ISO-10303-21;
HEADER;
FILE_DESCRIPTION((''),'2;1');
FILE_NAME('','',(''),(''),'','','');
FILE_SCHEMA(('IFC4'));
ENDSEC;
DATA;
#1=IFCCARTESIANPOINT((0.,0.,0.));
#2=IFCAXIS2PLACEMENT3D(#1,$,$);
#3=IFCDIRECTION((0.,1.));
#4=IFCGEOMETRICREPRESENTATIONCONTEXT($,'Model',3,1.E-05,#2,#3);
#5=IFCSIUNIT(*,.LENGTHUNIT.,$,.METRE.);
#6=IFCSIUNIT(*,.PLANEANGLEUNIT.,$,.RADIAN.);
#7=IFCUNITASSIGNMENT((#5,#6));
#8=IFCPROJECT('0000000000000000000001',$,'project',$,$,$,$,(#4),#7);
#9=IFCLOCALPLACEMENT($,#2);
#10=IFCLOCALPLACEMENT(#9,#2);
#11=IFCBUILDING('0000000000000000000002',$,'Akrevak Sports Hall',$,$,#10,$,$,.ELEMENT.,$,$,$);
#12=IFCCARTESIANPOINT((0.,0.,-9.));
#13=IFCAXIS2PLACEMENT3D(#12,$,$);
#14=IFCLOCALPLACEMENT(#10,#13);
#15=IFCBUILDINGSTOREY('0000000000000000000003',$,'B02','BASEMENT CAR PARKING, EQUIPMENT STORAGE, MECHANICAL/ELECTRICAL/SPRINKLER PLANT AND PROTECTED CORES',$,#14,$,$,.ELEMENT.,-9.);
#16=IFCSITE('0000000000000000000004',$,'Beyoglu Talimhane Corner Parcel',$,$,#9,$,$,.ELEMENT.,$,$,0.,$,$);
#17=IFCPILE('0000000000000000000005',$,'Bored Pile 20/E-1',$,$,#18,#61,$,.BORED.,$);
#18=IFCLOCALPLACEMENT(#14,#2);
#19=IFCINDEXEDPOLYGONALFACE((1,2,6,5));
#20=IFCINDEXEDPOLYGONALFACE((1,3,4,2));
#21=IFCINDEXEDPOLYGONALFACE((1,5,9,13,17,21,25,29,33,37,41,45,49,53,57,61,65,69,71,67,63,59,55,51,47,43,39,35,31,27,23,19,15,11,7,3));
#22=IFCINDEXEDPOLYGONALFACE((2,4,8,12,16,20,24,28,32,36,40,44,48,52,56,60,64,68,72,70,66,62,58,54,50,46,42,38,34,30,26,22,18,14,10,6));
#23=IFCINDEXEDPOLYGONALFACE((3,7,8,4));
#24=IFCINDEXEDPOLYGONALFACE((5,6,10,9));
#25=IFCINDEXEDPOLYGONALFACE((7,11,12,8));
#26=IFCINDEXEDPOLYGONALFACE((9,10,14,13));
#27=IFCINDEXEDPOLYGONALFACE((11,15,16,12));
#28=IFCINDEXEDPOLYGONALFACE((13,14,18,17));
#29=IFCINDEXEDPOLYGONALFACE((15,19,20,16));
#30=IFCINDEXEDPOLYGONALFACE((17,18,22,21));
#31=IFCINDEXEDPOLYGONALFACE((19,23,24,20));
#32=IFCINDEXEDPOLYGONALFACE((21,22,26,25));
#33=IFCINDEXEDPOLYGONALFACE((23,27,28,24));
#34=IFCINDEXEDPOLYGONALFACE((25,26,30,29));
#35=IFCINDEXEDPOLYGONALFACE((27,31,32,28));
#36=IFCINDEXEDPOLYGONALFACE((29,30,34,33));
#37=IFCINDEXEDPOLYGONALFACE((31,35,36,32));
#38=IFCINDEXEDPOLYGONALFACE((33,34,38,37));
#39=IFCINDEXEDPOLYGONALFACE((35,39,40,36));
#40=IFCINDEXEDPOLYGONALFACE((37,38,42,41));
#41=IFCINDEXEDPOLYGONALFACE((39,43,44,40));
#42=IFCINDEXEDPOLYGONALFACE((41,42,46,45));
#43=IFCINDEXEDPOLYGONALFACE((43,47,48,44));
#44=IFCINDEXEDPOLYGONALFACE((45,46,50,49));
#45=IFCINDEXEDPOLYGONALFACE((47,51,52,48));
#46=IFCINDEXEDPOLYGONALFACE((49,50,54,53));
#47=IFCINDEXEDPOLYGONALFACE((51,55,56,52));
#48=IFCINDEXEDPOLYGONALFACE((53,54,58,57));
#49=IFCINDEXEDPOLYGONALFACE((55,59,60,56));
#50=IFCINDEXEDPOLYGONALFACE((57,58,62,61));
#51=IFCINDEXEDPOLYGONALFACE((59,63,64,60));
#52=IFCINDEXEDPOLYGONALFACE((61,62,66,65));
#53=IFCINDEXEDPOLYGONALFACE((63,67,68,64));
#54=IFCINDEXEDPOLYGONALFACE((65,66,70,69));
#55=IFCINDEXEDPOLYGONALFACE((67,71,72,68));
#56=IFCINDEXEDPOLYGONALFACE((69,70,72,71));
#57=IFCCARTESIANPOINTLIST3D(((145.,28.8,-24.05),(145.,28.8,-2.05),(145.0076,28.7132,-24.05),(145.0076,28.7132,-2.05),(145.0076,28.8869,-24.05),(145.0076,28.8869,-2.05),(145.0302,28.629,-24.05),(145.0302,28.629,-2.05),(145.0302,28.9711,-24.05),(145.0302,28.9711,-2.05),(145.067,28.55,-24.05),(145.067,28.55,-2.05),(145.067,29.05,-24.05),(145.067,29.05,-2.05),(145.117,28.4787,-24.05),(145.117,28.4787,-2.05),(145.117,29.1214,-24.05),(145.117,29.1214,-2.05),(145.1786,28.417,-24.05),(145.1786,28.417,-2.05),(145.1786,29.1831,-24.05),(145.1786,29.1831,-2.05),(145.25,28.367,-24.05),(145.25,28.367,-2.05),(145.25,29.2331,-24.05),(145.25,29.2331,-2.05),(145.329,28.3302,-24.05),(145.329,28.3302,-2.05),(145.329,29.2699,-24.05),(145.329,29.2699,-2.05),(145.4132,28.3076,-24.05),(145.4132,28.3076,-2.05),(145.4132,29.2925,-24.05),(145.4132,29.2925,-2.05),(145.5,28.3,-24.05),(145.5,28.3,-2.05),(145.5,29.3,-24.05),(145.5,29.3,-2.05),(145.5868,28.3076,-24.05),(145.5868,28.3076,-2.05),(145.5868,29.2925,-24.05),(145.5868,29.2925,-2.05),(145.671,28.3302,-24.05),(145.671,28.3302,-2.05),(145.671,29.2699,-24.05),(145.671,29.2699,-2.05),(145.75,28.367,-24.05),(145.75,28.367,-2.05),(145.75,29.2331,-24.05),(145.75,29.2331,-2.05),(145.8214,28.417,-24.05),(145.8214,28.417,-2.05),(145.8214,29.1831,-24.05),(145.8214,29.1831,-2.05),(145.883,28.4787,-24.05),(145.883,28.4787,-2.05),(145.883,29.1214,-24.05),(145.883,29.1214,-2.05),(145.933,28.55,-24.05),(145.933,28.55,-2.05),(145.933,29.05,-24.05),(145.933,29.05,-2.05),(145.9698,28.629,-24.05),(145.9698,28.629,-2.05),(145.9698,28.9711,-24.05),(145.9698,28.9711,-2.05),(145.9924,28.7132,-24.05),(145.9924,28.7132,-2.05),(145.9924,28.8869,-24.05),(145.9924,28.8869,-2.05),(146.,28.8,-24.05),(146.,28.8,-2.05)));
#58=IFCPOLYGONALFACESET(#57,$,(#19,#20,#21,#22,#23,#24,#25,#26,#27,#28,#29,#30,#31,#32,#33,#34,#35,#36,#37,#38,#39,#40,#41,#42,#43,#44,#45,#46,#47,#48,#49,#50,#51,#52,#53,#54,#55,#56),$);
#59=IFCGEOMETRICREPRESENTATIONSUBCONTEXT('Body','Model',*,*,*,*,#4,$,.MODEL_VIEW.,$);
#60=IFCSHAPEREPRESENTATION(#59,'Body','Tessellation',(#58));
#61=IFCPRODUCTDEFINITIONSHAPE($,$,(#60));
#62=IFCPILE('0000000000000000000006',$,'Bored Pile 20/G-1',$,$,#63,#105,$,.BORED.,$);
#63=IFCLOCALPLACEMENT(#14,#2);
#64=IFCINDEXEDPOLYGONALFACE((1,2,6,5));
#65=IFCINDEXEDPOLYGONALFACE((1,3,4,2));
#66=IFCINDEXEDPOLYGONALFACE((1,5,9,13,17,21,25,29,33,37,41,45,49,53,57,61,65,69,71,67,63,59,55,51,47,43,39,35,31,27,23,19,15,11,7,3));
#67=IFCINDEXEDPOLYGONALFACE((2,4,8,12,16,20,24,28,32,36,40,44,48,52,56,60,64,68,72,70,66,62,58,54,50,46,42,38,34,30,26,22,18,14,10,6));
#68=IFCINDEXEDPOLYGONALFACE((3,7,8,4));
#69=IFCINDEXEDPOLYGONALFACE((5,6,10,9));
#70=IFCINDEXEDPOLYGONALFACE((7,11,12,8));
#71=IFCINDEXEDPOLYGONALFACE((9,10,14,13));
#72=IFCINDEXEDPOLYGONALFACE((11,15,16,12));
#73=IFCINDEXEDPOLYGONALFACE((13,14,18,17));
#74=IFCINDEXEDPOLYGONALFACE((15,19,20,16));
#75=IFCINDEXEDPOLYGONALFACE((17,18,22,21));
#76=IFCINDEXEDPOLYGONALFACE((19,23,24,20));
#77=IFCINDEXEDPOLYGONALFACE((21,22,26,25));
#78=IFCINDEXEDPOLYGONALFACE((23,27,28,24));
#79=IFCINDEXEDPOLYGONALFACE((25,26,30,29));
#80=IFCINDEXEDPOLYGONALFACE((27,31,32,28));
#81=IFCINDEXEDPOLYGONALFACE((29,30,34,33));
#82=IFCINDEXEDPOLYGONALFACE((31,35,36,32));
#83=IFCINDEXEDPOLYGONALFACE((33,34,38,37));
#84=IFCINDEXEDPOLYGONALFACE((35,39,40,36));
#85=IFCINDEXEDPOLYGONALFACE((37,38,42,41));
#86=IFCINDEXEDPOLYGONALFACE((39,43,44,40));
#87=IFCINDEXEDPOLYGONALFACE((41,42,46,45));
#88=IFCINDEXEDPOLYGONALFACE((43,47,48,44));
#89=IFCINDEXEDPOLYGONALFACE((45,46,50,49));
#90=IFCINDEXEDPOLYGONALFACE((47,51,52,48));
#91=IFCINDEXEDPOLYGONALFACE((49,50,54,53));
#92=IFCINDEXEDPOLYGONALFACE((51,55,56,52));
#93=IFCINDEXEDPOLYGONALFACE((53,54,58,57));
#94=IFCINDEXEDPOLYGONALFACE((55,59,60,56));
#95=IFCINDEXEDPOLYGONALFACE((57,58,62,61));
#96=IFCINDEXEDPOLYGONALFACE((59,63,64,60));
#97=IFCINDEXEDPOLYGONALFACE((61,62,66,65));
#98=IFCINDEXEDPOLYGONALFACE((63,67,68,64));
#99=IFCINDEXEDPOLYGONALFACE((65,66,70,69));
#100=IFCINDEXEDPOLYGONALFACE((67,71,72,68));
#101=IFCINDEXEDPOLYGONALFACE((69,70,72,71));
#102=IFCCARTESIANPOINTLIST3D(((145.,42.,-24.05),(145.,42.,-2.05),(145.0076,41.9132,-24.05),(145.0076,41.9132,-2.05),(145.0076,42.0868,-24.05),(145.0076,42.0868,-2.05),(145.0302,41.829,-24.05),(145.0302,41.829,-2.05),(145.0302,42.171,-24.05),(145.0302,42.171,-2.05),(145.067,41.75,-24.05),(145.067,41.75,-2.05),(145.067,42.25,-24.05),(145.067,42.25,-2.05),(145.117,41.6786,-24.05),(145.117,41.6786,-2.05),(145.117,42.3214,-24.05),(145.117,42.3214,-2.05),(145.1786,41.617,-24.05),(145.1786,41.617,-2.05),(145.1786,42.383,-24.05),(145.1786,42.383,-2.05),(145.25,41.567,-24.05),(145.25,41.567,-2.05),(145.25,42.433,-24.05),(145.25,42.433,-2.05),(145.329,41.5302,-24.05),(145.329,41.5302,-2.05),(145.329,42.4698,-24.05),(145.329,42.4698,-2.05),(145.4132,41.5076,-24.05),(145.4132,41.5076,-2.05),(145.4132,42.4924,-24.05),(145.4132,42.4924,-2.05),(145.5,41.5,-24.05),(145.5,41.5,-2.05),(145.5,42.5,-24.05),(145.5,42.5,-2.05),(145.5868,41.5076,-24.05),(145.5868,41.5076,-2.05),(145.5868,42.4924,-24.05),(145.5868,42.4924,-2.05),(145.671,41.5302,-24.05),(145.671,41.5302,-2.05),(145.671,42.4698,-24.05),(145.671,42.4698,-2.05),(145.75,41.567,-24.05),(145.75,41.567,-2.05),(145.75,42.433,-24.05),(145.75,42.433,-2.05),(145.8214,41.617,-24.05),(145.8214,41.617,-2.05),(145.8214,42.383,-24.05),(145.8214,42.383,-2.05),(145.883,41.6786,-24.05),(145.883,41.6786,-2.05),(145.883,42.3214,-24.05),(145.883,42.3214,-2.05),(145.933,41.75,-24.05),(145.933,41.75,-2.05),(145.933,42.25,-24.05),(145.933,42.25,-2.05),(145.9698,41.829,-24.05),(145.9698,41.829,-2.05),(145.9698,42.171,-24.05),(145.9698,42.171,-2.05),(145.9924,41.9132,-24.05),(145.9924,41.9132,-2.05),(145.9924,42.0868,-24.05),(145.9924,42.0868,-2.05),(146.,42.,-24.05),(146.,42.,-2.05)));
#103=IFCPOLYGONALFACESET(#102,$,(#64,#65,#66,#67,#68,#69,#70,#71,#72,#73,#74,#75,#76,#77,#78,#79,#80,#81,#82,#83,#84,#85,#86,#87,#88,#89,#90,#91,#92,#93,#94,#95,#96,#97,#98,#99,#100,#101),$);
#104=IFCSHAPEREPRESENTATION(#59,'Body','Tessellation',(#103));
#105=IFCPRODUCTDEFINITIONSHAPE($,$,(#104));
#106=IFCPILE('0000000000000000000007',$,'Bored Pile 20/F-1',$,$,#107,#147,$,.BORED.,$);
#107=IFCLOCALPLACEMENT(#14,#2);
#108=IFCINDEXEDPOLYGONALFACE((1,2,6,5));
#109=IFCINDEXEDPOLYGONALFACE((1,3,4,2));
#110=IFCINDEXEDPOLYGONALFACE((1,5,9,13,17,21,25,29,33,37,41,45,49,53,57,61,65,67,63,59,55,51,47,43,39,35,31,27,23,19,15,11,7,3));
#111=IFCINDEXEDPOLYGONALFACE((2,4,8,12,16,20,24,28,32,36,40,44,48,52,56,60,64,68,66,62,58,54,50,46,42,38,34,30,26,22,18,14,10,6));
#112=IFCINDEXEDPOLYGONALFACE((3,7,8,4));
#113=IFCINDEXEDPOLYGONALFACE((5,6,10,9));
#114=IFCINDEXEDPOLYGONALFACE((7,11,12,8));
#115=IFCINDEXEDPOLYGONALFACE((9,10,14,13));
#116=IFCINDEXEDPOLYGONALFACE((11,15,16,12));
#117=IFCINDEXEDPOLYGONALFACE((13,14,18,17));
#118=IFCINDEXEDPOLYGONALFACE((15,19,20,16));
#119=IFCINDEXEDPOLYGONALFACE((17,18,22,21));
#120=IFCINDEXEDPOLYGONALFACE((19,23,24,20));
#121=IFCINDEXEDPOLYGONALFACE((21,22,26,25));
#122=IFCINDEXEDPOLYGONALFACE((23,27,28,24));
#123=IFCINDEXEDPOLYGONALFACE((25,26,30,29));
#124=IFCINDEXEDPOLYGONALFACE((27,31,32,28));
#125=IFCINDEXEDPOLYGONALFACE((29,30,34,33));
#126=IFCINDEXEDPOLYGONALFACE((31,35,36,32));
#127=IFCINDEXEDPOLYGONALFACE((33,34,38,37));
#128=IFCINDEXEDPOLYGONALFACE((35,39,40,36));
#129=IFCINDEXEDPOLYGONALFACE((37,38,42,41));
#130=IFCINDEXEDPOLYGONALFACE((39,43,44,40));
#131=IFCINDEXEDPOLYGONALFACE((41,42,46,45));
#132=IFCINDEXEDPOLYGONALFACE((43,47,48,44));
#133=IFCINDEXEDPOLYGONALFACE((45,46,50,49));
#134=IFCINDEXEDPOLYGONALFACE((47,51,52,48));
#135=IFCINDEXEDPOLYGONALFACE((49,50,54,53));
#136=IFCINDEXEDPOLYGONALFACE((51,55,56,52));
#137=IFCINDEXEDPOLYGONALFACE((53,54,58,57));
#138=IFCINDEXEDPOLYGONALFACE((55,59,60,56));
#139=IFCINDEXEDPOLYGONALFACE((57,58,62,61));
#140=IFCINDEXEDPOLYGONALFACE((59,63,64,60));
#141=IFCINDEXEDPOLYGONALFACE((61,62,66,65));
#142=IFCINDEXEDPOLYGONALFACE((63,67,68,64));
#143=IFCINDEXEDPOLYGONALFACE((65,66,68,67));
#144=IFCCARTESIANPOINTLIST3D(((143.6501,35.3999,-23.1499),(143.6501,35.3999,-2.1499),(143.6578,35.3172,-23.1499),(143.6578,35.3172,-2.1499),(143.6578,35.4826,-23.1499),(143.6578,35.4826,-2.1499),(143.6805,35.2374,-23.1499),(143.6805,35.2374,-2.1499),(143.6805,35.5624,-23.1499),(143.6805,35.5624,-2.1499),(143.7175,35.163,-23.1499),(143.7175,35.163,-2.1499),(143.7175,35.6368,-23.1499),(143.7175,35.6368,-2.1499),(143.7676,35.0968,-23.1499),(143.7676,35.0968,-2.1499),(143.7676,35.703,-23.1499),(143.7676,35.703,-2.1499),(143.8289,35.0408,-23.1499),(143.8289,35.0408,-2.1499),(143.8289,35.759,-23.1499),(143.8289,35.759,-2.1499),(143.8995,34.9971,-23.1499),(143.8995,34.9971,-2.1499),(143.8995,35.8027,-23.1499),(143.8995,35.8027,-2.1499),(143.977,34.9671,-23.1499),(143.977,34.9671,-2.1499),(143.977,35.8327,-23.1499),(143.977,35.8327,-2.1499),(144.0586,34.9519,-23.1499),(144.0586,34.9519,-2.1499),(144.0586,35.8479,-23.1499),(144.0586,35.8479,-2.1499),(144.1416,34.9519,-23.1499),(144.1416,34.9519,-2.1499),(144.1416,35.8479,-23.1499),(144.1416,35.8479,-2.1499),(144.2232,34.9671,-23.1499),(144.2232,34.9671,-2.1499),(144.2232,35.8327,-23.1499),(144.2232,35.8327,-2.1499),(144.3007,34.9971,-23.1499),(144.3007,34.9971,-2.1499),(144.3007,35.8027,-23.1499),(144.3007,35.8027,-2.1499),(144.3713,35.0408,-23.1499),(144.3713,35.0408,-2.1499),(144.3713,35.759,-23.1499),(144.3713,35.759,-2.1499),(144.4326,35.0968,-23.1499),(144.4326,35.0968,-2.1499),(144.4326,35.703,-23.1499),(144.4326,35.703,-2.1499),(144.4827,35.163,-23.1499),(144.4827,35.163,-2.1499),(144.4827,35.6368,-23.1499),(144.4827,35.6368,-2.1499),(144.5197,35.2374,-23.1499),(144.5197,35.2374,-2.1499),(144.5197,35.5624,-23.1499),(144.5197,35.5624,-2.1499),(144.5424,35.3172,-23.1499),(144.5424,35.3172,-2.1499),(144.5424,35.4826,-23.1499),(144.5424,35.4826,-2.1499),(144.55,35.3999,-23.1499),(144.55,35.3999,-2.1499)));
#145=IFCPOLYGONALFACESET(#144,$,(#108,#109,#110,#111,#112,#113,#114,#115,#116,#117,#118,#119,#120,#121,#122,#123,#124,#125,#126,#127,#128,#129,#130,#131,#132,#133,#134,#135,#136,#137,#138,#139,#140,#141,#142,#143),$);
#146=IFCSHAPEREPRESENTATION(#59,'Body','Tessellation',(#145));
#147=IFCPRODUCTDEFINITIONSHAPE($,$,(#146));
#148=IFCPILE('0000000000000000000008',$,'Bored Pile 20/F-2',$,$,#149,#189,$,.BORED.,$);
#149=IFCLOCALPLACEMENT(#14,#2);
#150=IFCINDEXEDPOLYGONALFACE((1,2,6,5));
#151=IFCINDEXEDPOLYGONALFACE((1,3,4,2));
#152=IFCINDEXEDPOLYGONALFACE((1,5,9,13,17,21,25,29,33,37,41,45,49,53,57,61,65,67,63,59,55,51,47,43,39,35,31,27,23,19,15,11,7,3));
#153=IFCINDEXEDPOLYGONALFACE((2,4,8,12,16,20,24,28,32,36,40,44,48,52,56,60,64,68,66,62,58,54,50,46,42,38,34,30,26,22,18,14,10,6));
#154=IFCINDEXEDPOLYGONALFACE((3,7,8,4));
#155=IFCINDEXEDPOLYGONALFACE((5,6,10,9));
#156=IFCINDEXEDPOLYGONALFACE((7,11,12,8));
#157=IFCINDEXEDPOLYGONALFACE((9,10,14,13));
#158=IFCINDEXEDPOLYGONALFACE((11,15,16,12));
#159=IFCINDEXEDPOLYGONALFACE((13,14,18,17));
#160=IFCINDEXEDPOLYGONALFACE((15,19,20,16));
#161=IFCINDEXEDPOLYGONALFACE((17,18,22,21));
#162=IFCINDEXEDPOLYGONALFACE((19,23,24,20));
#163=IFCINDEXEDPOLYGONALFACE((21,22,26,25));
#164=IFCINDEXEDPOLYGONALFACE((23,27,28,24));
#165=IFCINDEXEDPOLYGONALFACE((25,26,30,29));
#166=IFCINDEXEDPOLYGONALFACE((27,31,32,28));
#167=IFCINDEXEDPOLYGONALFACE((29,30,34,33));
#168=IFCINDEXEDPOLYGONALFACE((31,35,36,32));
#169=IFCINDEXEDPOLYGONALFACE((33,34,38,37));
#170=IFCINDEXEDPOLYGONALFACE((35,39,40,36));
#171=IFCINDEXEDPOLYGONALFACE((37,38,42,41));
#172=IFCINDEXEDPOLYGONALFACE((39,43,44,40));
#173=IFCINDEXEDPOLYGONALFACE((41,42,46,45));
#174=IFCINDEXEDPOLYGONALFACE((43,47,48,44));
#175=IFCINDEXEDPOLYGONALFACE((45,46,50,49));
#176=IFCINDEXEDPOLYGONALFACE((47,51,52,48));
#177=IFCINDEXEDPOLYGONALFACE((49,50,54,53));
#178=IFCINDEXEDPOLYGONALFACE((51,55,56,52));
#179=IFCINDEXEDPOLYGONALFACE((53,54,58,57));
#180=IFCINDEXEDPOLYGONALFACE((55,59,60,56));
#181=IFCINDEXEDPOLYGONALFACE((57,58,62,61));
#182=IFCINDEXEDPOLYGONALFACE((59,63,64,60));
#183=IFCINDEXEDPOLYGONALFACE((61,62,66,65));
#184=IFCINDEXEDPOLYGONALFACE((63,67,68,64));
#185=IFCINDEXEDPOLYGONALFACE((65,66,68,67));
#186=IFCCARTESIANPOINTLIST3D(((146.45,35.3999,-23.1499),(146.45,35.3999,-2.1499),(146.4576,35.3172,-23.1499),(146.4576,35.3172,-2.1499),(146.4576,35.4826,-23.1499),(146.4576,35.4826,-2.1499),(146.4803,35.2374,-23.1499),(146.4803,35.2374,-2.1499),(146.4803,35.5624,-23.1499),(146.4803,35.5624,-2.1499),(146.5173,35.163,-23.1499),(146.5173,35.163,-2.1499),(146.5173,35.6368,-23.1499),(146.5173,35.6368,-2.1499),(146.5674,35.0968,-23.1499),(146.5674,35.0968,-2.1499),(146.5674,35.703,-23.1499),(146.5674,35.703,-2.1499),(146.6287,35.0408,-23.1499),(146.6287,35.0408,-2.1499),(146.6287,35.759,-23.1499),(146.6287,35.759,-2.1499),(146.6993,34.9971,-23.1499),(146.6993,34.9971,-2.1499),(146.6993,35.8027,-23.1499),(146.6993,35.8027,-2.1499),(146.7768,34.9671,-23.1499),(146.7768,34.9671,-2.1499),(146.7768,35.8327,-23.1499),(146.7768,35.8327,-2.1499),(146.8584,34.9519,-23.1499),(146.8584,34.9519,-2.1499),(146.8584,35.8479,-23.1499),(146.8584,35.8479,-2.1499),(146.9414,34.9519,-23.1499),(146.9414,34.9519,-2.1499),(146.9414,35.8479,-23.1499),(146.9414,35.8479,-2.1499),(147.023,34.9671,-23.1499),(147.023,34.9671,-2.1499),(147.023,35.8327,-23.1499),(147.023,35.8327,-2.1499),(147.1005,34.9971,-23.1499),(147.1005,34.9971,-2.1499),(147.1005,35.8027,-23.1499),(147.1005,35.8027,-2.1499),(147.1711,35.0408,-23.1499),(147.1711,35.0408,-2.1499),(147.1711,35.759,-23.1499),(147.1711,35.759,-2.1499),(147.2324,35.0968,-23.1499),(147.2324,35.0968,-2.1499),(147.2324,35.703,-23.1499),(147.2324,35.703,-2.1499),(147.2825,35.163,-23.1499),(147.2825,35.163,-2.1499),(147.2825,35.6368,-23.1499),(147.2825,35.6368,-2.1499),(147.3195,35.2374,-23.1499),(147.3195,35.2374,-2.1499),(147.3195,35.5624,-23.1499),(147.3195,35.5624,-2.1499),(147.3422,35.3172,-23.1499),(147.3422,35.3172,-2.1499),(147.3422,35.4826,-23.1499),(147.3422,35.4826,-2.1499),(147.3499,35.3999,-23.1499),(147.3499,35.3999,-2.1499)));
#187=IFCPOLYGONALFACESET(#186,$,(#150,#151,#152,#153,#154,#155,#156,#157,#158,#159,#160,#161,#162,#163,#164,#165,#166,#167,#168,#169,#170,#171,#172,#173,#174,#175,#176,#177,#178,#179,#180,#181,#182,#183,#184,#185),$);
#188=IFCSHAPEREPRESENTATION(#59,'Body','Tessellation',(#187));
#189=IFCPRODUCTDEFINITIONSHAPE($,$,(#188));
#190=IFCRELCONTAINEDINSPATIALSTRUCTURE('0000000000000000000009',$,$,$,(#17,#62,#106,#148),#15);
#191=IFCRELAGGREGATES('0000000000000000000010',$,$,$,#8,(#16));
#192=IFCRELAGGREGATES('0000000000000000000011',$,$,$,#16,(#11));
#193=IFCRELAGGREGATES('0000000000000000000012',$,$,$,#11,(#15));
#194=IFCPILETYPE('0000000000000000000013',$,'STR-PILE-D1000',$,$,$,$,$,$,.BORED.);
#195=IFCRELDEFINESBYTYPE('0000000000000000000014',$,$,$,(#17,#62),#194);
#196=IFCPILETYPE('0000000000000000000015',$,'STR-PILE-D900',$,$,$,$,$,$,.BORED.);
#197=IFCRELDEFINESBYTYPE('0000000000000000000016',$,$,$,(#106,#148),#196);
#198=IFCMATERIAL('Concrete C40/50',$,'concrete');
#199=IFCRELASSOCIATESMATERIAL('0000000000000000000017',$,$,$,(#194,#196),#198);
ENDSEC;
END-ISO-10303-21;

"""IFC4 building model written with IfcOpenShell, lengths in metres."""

from ifc_helpers import new_model, si_unit, direction, frame, origin, origin_2d, place, context, subcontext, project, spatial, circle, extrude, material, material_profile, profile_set, type_object, element, save


model = new_model("IFC4")

# Units and contexts
model_context = context("Model", 3, precision=1e-05, world=origin(), true_north=direction((0.0, 1.0)))
body_context = subcontext(model_context, "Body", "Model", "MODEL_VIEW")
ifc_project = project(units=[si_unit("LENGTHUNIT", "METRE"), si_unit("PLANEANGLEUNIT", "RADIAN")], contexts=[model_context])

# Site, building, storey
site_placement = place(None, origin())
site = spatial("IfcSite", under=ifc_project, at=site_placement, Name="Beyoglu Talimhane Corner Parcel", CompositionType="ELEMENT", RefElevation=0.0)
building_placement = place(site_placement, origin())
building = spatial("IfcBuilding", under=site, at=building_placement, Name="Akrevak Sports Hall", CompositionType="ELEMENT")
storey_placement = place(building_placement, frame((0.0, 0.0, -9.0)))
storey = spatial("IfcBuildingStorey", under=building, at=storey_placement, Name="B02", Description="BASEMENT CAR PARKING, EQUIPMENT STORAGE, MECHANICAL/ELECTRICAL/SPRINKLER PLANT AND PROTECTED CORES", CompositionType="ELEMENT", Elevation=-9.0)

# Shared definitions
ifc_material_1 = material(Name="Concrete C40/50", Category="concrete")

# Piles
ifc_material_profile_1 = material_profile(ifc_material_1, circle(Radius=0.5, at=origin_2d()), Name="BORED PILE D1000", Category="concrete")
ifc_profile_set_1 = profile_set([ifc_material_profile_1], Name="Concrete C40/50")
pile_type_1 = type_object("IfcPileType", Name="STR-PILE-D1000", PredefinedType="BORED", material=ifc_profile_set_1)
for number, where, z_axis, x_axis, name in (
    (1, (145.5, 28.8, -2.05), (0.0, 0.0, -1.0), (1.0, 0.0, 0.0), "Bored Pile 20/E-1"),
    (2, (145.5, 42.0, -2.05), (0.0, 0.0, -1.0), (1.0, 0.0, 0.0), "Bored Pile 20/G-1"),
):
    element("IfcPile", number, at=place(storey_placement, frame(where, z_axis=z_axis, x_axis=x_axis)), inside=storey, type_object=pile_type_1, Name=name, PredefinedType="BORED", context=body_context, shape_type="SweptSolid", body=[
        extrude(circle(Radius=0.5, at=origin_2d()), origin(), (0.0, 0.0, 1.0), 22.0),
    ])
ifc_material_profile_2 = material_profile(ifc_material_1, circle(Radius=0.45, at=origin_2d()), Name="BORED PILE D900", Category="concrete")
ifc_profile_set_2 = profile_set([ifc_material_profile_2], Name="Concrete C40/50")
pile_type_2 = type_object("IfcPileType", Name="STR-PILE-D900", PredefinedType="BORED", material=ifc_profile_set_2)
for number, where, z_axis, x_axis, name in (
    (3, (144.1001, 35.3999, -2.1499), (0.0, 0.0, -1.0), (1.0, 0.0, 0.0), "Bored Pile 20/F-1"),
    (4, (146.8999, 35.3999, -2.1499), (0.0, 0.0, -1.0), (1.0, 0.0, 0.0), "Bored Pile 20/F-2"),
):
    element("IfcPile", number, at=place(storey_placement, frame(where, z_axis=z_axis, x_axis=x_axis)), inside=storey, type_object=pile_type_2, Name=name, PredefinedType="BORED", context=body_context, shape_type="SweptSolid", body=[
        extrude(circle(Radius=0.45, at=origin_2d()), origin(), (0.0, 0.0, 1.0), 21.0),
    ])

save(model, "model.ifc")
